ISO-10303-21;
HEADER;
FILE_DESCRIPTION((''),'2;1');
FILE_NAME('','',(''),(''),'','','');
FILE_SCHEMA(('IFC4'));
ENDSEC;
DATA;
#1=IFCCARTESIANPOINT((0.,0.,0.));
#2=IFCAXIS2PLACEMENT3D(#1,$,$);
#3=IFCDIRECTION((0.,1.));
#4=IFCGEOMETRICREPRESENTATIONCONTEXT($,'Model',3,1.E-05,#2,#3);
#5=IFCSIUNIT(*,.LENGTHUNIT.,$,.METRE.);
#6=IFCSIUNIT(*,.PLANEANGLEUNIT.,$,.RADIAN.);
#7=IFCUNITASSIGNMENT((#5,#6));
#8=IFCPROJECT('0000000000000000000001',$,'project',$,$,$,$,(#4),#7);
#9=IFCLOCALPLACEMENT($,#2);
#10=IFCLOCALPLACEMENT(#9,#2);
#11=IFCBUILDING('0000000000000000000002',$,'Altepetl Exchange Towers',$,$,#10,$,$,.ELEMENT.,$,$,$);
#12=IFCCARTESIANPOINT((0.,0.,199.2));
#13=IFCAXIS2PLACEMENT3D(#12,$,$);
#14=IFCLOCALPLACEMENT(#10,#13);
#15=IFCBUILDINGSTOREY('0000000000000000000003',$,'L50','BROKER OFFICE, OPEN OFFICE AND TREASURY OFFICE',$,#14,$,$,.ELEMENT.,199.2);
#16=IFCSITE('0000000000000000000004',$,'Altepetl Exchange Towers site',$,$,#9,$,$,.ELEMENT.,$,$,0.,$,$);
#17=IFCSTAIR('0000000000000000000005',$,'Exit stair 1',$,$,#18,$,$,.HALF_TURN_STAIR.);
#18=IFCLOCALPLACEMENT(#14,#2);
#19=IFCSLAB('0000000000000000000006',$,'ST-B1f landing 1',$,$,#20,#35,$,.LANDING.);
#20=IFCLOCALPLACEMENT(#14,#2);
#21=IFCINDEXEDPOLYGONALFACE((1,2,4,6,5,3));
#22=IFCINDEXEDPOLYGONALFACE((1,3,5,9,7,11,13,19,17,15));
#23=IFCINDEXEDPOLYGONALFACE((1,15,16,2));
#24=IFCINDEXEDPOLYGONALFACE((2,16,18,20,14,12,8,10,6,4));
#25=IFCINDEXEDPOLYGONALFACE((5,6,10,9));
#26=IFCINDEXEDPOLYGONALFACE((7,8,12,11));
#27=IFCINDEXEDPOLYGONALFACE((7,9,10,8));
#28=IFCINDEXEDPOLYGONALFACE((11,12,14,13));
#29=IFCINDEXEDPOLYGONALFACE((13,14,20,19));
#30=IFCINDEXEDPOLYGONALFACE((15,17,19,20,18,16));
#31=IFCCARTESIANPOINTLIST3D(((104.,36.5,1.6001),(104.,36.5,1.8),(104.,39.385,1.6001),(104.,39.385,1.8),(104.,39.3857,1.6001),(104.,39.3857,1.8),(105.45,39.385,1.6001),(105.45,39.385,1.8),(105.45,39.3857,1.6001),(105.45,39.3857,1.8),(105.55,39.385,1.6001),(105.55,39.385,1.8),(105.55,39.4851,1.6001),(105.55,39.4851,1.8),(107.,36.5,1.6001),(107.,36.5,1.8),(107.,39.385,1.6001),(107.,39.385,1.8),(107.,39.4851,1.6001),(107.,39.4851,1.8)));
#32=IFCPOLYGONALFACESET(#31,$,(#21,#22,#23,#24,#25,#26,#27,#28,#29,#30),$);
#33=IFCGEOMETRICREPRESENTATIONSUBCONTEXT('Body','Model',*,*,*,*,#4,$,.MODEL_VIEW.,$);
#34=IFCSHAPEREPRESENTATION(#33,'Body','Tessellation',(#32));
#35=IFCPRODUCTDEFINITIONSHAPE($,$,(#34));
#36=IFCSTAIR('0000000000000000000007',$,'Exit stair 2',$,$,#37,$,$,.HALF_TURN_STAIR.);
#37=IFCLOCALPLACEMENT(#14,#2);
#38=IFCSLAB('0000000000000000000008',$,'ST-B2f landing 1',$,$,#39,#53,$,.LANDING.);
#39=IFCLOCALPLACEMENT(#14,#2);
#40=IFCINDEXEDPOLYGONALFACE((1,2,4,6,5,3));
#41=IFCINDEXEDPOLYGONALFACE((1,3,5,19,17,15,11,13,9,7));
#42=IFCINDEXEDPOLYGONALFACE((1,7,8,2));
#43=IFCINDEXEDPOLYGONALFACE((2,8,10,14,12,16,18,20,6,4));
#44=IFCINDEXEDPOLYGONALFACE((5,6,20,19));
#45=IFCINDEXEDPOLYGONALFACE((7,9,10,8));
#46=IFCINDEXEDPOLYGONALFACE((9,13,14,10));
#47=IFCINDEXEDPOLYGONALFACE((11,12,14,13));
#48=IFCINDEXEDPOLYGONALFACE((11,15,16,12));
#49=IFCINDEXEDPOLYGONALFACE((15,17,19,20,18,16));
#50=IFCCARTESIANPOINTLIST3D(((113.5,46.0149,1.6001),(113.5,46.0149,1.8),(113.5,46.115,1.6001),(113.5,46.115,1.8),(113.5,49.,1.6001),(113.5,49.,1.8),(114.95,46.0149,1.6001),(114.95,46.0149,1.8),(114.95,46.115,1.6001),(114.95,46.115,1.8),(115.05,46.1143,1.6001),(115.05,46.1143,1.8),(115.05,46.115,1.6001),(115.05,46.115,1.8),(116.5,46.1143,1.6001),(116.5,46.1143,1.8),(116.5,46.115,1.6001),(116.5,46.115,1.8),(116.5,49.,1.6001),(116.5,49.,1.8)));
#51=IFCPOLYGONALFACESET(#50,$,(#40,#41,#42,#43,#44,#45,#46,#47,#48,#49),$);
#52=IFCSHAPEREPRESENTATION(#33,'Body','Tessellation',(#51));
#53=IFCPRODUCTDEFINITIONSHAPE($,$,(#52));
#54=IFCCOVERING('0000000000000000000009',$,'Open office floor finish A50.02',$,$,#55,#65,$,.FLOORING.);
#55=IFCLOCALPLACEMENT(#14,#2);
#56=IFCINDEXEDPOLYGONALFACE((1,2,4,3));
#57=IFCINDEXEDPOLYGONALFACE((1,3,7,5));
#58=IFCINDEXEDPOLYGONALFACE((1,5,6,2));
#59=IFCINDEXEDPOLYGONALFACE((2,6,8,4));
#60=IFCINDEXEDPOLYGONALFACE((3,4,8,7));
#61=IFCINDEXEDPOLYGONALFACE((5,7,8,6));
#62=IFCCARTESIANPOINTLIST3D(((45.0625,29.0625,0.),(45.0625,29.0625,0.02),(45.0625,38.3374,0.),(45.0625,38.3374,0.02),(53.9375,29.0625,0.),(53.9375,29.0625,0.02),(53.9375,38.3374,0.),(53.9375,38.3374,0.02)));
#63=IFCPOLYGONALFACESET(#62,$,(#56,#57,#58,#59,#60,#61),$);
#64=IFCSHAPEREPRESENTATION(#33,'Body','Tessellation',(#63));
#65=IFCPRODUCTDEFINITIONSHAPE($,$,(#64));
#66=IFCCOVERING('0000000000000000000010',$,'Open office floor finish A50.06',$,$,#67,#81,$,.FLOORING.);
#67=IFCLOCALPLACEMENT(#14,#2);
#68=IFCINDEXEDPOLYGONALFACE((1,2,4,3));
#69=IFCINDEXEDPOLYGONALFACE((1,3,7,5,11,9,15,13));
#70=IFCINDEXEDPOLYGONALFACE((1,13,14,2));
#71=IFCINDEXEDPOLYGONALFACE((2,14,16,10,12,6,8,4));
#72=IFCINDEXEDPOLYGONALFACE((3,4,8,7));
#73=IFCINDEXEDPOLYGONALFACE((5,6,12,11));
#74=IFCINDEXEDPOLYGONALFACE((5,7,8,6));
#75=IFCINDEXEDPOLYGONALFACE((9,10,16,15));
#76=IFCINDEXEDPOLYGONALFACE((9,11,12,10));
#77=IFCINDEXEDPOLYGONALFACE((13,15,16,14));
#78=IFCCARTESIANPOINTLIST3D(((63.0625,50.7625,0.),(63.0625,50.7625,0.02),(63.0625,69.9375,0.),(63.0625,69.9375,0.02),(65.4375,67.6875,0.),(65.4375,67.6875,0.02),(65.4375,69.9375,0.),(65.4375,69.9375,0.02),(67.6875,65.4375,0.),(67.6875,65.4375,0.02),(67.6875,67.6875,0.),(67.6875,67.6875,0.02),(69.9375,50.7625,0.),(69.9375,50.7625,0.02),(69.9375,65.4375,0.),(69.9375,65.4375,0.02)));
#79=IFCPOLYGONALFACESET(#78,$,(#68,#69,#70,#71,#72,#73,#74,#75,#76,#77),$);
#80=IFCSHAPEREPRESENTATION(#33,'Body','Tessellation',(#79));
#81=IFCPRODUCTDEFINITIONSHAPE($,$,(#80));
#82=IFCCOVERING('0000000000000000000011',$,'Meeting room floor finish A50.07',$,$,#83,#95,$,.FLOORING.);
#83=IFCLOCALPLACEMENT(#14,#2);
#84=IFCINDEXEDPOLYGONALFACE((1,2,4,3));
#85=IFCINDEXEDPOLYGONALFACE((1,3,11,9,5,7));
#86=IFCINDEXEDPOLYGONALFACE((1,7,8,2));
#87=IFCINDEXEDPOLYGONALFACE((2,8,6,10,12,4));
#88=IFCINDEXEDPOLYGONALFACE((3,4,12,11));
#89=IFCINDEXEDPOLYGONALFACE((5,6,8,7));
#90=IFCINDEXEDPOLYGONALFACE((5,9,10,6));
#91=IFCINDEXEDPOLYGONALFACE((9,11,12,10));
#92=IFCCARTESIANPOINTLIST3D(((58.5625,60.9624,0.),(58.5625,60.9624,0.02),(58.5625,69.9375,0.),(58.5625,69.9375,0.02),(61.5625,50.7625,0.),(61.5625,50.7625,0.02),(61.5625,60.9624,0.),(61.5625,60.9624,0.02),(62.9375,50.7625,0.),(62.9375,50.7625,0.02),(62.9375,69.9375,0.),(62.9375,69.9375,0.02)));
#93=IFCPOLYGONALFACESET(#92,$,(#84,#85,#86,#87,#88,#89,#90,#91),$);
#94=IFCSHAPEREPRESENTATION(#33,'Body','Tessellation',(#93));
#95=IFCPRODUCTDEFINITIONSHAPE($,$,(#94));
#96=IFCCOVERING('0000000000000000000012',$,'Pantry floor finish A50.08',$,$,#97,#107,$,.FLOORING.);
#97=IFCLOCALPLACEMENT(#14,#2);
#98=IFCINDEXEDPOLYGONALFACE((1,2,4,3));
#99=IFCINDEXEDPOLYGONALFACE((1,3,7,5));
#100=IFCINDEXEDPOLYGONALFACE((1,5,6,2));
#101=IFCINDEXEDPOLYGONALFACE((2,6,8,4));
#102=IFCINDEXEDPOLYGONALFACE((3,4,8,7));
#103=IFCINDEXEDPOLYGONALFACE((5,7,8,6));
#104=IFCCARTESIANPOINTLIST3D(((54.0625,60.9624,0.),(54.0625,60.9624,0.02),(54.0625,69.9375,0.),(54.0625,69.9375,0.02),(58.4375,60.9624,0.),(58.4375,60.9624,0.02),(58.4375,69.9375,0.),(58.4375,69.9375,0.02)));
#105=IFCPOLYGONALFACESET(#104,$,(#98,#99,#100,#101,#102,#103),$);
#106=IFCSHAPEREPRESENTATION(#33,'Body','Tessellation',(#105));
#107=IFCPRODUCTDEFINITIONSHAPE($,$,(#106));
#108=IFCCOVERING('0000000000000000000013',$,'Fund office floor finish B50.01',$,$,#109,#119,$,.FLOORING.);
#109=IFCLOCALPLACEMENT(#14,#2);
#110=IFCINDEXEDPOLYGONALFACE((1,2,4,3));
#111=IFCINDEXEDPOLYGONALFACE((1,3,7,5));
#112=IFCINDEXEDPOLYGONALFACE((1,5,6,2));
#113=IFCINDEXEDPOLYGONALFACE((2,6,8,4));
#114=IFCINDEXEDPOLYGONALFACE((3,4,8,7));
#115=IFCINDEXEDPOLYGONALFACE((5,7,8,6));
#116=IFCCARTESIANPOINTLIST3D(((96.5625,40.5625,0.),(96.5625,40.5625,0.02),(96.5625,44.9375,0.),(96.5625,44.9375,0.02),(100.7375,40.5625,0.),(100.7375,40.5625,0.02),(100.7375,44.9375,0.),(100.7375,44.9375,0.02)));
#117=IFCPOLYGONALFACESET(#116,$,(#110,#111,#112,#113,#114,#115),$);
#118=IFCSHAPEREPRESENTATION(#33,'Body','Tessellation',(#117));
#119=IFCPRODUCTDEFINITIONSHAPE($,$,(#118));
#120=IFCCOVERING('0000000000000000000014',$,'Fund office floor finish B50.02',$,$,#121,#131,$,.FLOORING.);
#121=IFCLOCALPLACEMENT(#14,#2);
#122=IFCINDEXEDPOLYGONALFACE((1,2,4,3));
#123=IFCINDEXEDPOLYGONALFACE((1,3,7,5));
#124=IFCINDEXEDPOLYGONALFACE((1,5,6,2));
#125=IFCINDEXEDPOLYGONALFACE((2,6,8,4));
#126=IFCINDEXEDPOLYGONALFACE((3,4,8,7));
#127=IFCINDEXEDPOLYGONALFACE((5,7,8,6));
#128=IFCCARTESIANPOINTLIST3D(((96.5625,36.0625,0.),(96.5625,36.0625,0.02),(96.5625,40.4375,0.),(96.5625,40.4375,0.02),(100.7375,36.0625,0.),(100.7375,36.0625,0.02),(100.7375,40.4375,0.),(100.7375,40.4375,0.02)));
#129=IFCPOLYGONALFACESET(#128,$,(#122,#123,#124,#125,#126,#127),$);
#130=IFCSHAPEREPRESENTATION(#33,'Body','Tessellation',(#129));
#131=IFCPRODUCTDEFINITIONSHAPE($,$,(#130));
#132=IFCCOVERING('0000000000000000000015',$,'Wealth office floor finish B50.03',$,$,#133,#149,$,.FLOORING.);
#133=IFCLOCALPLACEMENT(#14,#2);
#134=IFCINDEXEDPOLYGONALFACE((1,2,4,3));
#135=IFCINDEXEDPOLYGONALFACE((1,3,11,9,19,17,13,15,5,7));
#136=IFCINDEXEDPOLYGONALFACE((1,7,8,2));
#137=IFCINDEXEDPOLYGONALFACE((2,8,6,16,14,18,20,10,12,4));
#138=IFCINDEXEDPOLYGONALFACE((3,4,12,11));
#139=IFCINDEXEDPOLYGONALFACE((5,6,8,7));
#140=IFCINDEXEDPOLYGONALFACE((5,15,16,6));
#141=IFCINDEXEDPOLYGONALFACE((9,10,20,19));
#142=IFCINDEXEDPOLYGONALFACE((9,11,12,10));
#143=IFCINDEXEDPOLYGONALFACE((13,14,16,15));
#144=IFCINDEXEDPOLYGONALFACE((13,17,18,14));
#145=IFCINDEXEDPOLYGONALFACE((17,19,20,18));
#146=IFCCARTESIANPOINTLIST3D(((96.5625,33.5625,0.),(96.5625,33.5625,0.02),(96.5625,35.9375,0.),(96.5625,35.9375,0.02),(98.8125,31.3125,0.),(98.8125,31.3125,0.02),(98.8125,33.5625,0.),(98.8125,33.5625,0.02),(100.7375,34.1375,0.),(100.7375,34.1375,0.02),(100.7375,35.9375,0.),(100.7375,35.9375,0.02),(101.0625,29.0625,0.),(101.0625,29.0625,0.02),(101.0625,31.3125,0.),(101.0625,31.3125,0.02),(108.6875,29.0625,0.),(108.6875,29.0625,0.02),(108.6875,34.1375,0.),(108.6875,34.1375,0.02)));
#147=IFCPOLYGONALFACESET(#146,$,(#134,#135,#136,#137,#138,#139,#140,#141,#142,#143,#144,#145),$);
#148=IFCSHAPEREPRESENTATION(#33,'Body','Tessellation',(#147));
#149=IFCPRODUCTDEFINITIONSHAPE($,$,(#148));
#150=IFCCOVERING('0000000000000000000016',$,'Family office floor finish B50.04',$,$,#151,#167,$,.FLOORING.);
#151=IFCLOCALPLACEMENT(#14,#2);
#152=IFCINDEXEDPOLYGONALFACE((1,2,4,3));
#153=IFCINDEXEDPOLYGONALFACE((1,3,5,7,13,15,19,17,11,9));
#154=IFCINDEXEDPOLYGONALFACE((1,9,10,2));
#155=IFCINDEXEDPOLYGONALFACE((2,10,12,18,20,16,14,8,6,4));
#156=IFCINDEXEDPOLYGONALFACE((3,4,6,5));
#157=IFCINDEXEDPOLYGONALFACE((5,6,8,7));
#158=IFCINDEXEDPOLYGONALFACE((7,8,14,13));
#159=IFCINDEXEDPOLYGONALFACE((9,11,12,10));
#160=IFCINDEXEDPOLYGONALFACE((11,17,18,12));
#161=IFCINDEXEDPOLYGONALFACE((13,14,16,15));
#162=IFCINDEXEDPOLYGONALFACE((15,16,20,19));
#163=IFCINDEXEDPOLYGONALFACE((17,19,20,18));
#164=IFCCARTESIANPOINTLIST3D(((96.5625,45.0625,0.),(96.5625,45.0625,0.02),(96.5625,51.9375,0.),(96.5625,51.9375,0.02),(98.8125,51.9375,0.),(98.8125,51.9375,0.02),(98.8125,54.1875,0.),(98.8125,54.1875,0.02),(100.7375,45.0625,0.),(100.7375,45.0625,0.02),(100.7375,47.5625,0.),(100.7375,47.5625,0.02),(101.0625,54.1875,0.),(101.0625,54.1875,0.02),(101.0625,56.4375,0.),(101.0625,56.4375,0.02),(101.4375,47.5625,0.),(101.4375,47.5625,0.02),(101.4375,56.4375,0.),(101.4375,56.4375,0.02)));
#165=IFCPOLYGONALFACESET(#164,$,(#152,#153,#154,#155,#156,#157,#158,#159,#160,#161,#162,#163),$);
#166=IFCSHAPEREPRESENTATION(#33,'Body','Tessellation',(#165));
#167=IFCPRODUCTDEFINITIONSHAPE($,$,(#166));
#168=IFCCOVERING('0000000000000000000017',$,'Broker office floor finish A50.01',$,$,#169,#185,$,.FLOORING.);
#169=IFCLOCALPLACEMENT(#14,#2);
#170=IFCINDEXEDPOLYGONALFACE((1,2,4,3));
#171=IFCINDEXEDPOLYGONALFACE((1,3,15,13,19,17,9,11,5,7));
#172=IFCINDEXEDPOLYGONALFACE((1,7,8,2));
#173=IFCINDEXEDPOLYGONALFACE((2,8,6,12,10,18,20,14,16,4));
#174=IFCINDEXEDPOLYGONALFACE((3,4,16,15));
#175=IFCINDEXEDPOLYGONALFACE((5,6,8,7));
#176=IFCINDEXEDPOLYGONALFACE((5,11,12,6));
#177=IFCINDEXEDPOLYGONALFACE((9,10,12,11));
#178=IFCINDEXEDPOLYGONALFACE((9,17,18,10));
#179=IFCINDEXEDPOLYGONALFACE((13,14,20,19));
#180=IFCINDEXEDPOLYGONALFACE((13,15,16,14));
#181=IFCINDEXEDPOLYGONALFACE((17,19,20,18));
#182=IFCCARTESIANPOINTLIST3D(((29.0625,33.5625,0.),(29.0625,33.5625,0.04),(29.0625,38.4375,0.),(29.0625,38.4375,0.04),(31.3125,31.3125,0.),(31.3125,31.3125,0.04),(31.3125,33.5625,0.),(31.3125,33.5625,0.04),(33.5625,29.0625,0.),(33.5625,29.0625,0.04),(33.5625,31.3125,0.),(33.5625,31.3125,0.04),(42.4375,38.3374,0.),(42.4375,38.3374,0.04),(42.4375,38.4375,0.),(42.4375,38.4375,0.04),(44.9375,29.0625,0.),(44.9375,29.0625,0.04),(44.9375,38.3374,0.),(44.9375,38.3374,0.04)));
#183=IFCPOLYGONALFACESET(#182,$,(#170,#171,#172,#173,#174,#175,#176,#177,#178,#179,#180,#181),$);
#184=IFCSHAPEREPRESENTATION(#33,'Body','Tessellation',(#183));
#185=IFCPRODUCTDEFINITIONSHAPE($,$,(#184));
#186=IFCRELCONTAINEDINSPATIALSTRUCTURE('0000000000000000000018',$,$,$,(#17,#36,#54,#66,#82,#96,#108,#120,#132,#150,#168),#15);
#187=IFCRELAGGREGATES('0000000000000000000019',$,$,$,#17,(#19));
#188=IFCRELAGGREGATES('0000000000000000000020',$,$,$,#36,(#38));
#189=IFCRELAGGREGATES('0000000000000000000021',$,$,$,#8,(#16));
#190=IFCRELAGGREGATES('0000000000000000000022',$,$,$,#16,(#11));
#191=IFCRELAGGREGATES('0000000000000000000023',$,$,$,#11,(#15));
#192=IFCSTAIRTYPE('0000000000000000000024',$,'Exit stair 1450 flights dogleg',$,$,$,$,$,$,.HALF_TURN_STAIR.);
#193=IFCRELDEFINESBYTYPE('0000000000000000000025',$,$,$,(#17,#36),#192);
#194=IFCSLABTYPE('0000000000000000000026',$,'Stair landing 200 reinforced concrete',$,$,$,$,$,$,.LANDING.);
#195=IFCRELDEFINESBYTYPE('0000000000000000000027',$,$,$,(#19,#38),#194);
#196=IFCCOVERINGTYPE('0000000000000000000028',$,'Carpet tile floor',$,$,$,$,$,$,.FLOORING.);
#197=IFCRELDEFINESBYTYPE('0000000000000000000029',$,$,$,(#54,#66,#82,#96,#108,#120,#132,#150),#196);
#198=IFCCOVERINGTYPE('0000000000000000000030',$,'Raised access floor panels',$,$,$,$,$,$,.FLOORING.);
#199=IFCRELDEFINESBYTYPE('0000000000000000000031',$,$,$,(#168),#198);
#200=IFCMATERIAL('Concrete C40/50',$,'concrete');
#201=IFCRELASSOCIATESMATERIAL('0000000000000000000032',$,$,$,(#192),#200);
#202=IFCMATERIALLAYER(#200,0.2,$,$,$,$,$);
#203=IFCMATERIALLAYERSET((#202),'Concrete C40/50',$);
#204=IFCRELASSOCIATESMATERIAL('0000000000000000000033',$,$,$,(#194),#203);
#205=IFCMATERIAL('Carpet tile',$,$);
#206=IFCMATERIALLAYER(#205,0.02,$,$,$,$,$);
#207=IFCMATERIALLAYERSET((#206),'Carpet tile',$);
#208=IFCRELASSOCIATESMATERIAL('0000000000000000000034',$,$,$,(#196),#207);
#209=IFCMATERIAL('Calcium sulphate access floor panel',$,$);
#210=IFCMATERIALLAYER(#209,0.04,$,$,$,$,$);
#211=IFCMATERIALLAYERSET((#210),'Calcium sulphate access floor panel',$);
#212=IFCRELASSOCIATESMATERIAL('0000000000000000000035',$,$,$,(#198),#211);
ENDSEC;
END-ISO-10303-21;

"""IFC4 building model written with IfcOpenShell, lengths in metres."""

from ifc_helpers import new_model, si_unit, direction, frame, origin, place, context, subcontext, project, spatial, polyline, outline, extrude, material, layer, layer_set, type_object, element, aggregate, save


model = new_model("IFC4")

# Units and contexts
model_context = context("Model", 3, precision=1e-05, world=origin(), true_north=direction((0.0, 1.0)))
body_context = subcontext(model_context, "Body", "Model", "MODEL_VIEW")
ifc_project = project(units=[si_unit("LENGTHUNIT", "METRE"), si_unit("PLANEANGLEUNIT", "RADIAN")], contexts=[model_context])

# Site, building, storey
site_placement = place(None, origin())
site = spatial("IfcSite", under=ifc_project, at=site_placement, Name="Altepetl Exchange Towers site", CompositionType="ELEMENT", RefElevation=0.0)
building_placement = place(site_placement, origin())
building = spatial("IfcBuilding", under=site, at=building_placement, Name="Altepetl Exchange Towers", CompositionType="ELEMENT")
storey_placement = place(building_placement, frame((0.0, 0.0, 199.2)))
storey = spatial("IfcBuildingStorey", under=building, at=storey_placement, Name="L50", Description="BROKER OFFICE, OPEN OFFICE AND TREASURY OFFICE", CompositionType="ELEMENT", Elevation=199.2)

# Shared definitions
ifc_material_1 = material(Name="Concrete C40/50", Category="concrete")

# Stairs, slabs
stair_type = type_object("IfcStairType", Name="Exit stair 1450 flights dogleg", PredefinedType="HALF_TURN_STAIR", material=ifc_material_1)
ifc_layer_1 = layer(ifc_material_1, 0.2)
ifc_layer_set_1 = layer_set([ifc_layer_1], Name="Concrete C40/50")
slab_type_1 = type_object("IfcSlabType", Name="Stair landing 200 reinforced concrete", PredefinedType="LANDING", material=ifc_layer_set_1)
stair_1_placement = place(storey_placement, origin())
stair_1 = element("IfcStair", 1, at=stair_1_placement, inside=storey, type_object=stair_type, Name="Exit stair 1", PredefinedType="HALF_TURN_STAIR")
slab_1_placement = place(storey_placement, frame((0.0, 0.0, 1.6001)))
slab_1 = element("IfcSlab", 2, at=slab_1_placement, type_object=slab_type_1, Name="ST-B1f landing 1", PredefinedType="LANDING", context=body_context, shape_type="SweptSolid", body=[
    extrude(outline(polyline([(107.0, 36.5), (104.0, 36.5), (104.0, 39.385), (104.0, 39.3857), (105.45, 39.3857), (105.45, 39.385), (105.55, 39.385), (105.55, 39.4851), (107.0, 39.4851), (107.0, 39.385), (107.0, 36.5)])), origin(), (0.0, 0.0, 1.0), 0.2),
])
aggregate(stair_1, [slab_1])
stair_2_placement = place(storey_placement, origin())
stair_2 = element("IfcStair", 3, at=stair_2_placement, inside=storey, type_object=stair_type, Name="Exit stair 2", PredefinedType="HALF_TURN_STAIR")
slab_2_placement = place(storey_placement, frame((0.0, 0.0, 1.6001)))
slab_2 = element("IfcSlab", 4, at=slab_2_placement, type_object=slab_type_1, Name="ST-B2f landing 1", PredefinedType="LANDING", context=body_context, shape_type="SweptSolid", body=[
    extrude(outline(polyline([(114.95, 46.0149), (113.5, 46.0149), (113.5, 46.115), (113.5, 49.0), (116.5, 49.0), (116.5, 46.115), (116.5, 46.1143), (115.05, 46.1143), (115.05, 46.115), (114.95, 46.115), (114.95, 46.0149)])), origin(), (0.0, 0.0, 1.0), 0.2),
])
aggregate(stair_2, [slab_2])

# Coverings
ifc_material_2 = material(Name="Carpet tile")
ifc_layer_2 = layer(ifc_material_2, 0.02)
ifc_layer_set_2 = layer_set([ifc_layer_2], Name="Carpet tile")
covering_type_1 = type_object("IfcCoveringType", Name="Carpet tile floor", PredefinedType="FLOORING", material=ifc_layer_set_2)
covering_1_placement = place(storey_placement, origin())
element("IfcCovering", 5, at=covering_1_placement, inside=storey, type_object=covering_type_1, Name="Open office floor finish A50.02", PredefinedType="FLOORING", context=body_context, shape_type="SweptSolid", body=[
    extrude(outline(polyline([(45.0625, 38.3374), (45.0625, 29.0625), (53.9375, 29.0625), (53.9375, 38.3374), (45.0625, 38.3374)])), origin(), (0.0, 0.0, 1.0), 0.02),
])
covering_2_placement = place(storey_placement, origin())
element("IfcCovering", 6, at=covering_2_placement, inside=storey, type_object=covering_type_1, Name="Open office floor finish A50.06", PredefinedType="FLOORING", context=body_context, shape_type="SweptSolid", body=[
    extrude(outline(polyline([(65.4375, 67.6875), (65.4375, 69.9375), (63.0625, 69.9375), (63.0625, 50.7625), (69.9375, 50.7625), (69.9375, 65.4375), (67.6875, 65.4375), (67.6875, 67.6875), (65.4375, 67.6875)])), origin(), (0.0, 0.0, 1.0), 0.02),
])
covering_3_placement = place(storey_placement, origin())
element("IfcCovering", 7, at=covering_3_placement, inside=storey, type_object=covering_type_1, Name="Meeting room floor finish A50.07", PredefinedType="FLOORING", context=body_context, shape_type="SweptSolid", body=[
    extrude(outline(polyline([(62.9375, 50.7625), (62.9375, 69.9375), (58.5625, 69.9375), (58.5625, 60.9624), (61.5625, 60.9624), (61.5625, 50.7625), (62.9375, 50.7625)])), origin(), (0.0, 0.0, 1.0), 0.02),
])
covering_4_placement = place(storey_placement, origin())
element("IfcCovering", 8, at=covering_4_placement, inside=storey, type_object=covering_type_1, Name="Pantry floor finish A50.08", PredefinedType="FLOORING", context=body_context, shape_type="SweptSolid", body=[
    extrude(outline(polyline([(58.4375, 60.9624), (58.4375, 69.9375), (54.0625, 69.9375), (54.0625, 60.9624), (58.4375, 60.9624)])), origin(), (0.0, 0.0, 1.0), 0.02),
])
covering_5_placement = place(storey_placement, origin())
element("IfcCovering", 9, at=covering_5_placement, inside=storey, type_object=covering_type_1, Name="Fund office floor finish B50.01", PredefinedType="FLOORING", context=body_context, shape_type="SweptSolid", body=[
    extrude(outline(polyline([(100.7375, 44.9375), (96.5625, 44.9375), (96.5625, 40.5625), (100.7375, 40.5625), (100.7375, 44.9375)])), origin(), (0.0, 0.0, 1.0), 0.02),
])
covering_6_placement = place(storey_placement, origin())
element("IfcCovering", 10, at=covering_6_placement, inside=storey, type_object=covering_type_1, Name="Fund office floor finish B50.02", PredefinedType="FLOORING", context=body_context, shape_type="SweptSolid", body=[
    extrude(outline(polyline([(100.7375, 40.4375), (96.5625, 40.4375), (96.5625, 36.0625), (100.7375, 36.0625), (100.7375, 40.4375)])), origin(), (0.0, 0.0, 1.0), 0.02),
])
covering_7_placement = place(storey_placement, origin())
element("IfcCovering", 11, at=covering_7_placement, inside=storey, type_object=covering_type_1, Name="Wealth office floor finish B50.03", PredefinedType="FLOORING", context=body_context, shape_type="SweptSolid", body=[
    extrude(outline(polyline([(100.7375, 34.1375), (100.7375, 35.9375), (96.5625, 35.9375), (96.5625, 33.5625), (98.8125, 33.5625), (98.8125, 31.3125), (101.0625, 31.3125), (101.0625, 29.0625), (108.6875, 29.0625), (108.6875, 34.1375), (100.7375, 34.1375)])), origin(), (0.0, 0.0, 1.0), 0.02),
])
covering_8_placement = place(storey_placement, origin())
element("IfcCovering", 12, at=covering_8_placement, inside=storey, type_object=covering_type_1, Name="Family office floor finish B50.04", PredefinedType="FLOORING", context=body_context, shape_type="SweptSolid", body=[
    extrude(outline(polyline([(96.5625, 51.9375), (96.5625, 45.0625), (100.7375, 45.0625), (100.7375, 47.5625), (101.4375, 47.5625), (101.4375, 56.4375), (101.0625, 56.4375), (101.0625, 54.1875), (98.8125, 54.1875), (98.8125, 51.9375), (96.5625, 51.9375)])), origin(), (0.0, 0.0, 1.0), 0.02),
])
ifc_material_3 = material(Name="Calcium sulphate access floor panel")
ifc_layer_3 = layer(ifc_material_3, 0.04)
ifc_layer_set_3 = layer_set([ifc_layer_3], Name="Calcium sulphate access floor panel")
covering_type_2 = type_object("IfcCoveringType", Name="Raised access floor panels", PredefinedType="FLOORING", material=ifc_layer_set_3)
covering_9_placement = place(storey_placement, origin())
element("IfcCovering", 13, at=covering_9_placement, inside=storey, type_object=covering_type_2, Name="Broker office floor finish A50.01", PredefinedType="FLOORING", context=body_context, shape_type="SweptSolid", body=[
    extrude(outline(polyline([(33.5625, 29.0625), (44.9375, 29.0625), (44.9375, 38.3374), (42.4375, 38.3374), (42.4375, 38.4375), (29.0625, 38.4375), (29.0625, 33.5625), (31.3125, 33.5625), (31.3125, 31.3125), (33.5625, 31.3125), (33.5625, 29.0625)])), origin(), (0.0, 0.0, 1.0), 0.04),
])

save(model, "model.ifc")
